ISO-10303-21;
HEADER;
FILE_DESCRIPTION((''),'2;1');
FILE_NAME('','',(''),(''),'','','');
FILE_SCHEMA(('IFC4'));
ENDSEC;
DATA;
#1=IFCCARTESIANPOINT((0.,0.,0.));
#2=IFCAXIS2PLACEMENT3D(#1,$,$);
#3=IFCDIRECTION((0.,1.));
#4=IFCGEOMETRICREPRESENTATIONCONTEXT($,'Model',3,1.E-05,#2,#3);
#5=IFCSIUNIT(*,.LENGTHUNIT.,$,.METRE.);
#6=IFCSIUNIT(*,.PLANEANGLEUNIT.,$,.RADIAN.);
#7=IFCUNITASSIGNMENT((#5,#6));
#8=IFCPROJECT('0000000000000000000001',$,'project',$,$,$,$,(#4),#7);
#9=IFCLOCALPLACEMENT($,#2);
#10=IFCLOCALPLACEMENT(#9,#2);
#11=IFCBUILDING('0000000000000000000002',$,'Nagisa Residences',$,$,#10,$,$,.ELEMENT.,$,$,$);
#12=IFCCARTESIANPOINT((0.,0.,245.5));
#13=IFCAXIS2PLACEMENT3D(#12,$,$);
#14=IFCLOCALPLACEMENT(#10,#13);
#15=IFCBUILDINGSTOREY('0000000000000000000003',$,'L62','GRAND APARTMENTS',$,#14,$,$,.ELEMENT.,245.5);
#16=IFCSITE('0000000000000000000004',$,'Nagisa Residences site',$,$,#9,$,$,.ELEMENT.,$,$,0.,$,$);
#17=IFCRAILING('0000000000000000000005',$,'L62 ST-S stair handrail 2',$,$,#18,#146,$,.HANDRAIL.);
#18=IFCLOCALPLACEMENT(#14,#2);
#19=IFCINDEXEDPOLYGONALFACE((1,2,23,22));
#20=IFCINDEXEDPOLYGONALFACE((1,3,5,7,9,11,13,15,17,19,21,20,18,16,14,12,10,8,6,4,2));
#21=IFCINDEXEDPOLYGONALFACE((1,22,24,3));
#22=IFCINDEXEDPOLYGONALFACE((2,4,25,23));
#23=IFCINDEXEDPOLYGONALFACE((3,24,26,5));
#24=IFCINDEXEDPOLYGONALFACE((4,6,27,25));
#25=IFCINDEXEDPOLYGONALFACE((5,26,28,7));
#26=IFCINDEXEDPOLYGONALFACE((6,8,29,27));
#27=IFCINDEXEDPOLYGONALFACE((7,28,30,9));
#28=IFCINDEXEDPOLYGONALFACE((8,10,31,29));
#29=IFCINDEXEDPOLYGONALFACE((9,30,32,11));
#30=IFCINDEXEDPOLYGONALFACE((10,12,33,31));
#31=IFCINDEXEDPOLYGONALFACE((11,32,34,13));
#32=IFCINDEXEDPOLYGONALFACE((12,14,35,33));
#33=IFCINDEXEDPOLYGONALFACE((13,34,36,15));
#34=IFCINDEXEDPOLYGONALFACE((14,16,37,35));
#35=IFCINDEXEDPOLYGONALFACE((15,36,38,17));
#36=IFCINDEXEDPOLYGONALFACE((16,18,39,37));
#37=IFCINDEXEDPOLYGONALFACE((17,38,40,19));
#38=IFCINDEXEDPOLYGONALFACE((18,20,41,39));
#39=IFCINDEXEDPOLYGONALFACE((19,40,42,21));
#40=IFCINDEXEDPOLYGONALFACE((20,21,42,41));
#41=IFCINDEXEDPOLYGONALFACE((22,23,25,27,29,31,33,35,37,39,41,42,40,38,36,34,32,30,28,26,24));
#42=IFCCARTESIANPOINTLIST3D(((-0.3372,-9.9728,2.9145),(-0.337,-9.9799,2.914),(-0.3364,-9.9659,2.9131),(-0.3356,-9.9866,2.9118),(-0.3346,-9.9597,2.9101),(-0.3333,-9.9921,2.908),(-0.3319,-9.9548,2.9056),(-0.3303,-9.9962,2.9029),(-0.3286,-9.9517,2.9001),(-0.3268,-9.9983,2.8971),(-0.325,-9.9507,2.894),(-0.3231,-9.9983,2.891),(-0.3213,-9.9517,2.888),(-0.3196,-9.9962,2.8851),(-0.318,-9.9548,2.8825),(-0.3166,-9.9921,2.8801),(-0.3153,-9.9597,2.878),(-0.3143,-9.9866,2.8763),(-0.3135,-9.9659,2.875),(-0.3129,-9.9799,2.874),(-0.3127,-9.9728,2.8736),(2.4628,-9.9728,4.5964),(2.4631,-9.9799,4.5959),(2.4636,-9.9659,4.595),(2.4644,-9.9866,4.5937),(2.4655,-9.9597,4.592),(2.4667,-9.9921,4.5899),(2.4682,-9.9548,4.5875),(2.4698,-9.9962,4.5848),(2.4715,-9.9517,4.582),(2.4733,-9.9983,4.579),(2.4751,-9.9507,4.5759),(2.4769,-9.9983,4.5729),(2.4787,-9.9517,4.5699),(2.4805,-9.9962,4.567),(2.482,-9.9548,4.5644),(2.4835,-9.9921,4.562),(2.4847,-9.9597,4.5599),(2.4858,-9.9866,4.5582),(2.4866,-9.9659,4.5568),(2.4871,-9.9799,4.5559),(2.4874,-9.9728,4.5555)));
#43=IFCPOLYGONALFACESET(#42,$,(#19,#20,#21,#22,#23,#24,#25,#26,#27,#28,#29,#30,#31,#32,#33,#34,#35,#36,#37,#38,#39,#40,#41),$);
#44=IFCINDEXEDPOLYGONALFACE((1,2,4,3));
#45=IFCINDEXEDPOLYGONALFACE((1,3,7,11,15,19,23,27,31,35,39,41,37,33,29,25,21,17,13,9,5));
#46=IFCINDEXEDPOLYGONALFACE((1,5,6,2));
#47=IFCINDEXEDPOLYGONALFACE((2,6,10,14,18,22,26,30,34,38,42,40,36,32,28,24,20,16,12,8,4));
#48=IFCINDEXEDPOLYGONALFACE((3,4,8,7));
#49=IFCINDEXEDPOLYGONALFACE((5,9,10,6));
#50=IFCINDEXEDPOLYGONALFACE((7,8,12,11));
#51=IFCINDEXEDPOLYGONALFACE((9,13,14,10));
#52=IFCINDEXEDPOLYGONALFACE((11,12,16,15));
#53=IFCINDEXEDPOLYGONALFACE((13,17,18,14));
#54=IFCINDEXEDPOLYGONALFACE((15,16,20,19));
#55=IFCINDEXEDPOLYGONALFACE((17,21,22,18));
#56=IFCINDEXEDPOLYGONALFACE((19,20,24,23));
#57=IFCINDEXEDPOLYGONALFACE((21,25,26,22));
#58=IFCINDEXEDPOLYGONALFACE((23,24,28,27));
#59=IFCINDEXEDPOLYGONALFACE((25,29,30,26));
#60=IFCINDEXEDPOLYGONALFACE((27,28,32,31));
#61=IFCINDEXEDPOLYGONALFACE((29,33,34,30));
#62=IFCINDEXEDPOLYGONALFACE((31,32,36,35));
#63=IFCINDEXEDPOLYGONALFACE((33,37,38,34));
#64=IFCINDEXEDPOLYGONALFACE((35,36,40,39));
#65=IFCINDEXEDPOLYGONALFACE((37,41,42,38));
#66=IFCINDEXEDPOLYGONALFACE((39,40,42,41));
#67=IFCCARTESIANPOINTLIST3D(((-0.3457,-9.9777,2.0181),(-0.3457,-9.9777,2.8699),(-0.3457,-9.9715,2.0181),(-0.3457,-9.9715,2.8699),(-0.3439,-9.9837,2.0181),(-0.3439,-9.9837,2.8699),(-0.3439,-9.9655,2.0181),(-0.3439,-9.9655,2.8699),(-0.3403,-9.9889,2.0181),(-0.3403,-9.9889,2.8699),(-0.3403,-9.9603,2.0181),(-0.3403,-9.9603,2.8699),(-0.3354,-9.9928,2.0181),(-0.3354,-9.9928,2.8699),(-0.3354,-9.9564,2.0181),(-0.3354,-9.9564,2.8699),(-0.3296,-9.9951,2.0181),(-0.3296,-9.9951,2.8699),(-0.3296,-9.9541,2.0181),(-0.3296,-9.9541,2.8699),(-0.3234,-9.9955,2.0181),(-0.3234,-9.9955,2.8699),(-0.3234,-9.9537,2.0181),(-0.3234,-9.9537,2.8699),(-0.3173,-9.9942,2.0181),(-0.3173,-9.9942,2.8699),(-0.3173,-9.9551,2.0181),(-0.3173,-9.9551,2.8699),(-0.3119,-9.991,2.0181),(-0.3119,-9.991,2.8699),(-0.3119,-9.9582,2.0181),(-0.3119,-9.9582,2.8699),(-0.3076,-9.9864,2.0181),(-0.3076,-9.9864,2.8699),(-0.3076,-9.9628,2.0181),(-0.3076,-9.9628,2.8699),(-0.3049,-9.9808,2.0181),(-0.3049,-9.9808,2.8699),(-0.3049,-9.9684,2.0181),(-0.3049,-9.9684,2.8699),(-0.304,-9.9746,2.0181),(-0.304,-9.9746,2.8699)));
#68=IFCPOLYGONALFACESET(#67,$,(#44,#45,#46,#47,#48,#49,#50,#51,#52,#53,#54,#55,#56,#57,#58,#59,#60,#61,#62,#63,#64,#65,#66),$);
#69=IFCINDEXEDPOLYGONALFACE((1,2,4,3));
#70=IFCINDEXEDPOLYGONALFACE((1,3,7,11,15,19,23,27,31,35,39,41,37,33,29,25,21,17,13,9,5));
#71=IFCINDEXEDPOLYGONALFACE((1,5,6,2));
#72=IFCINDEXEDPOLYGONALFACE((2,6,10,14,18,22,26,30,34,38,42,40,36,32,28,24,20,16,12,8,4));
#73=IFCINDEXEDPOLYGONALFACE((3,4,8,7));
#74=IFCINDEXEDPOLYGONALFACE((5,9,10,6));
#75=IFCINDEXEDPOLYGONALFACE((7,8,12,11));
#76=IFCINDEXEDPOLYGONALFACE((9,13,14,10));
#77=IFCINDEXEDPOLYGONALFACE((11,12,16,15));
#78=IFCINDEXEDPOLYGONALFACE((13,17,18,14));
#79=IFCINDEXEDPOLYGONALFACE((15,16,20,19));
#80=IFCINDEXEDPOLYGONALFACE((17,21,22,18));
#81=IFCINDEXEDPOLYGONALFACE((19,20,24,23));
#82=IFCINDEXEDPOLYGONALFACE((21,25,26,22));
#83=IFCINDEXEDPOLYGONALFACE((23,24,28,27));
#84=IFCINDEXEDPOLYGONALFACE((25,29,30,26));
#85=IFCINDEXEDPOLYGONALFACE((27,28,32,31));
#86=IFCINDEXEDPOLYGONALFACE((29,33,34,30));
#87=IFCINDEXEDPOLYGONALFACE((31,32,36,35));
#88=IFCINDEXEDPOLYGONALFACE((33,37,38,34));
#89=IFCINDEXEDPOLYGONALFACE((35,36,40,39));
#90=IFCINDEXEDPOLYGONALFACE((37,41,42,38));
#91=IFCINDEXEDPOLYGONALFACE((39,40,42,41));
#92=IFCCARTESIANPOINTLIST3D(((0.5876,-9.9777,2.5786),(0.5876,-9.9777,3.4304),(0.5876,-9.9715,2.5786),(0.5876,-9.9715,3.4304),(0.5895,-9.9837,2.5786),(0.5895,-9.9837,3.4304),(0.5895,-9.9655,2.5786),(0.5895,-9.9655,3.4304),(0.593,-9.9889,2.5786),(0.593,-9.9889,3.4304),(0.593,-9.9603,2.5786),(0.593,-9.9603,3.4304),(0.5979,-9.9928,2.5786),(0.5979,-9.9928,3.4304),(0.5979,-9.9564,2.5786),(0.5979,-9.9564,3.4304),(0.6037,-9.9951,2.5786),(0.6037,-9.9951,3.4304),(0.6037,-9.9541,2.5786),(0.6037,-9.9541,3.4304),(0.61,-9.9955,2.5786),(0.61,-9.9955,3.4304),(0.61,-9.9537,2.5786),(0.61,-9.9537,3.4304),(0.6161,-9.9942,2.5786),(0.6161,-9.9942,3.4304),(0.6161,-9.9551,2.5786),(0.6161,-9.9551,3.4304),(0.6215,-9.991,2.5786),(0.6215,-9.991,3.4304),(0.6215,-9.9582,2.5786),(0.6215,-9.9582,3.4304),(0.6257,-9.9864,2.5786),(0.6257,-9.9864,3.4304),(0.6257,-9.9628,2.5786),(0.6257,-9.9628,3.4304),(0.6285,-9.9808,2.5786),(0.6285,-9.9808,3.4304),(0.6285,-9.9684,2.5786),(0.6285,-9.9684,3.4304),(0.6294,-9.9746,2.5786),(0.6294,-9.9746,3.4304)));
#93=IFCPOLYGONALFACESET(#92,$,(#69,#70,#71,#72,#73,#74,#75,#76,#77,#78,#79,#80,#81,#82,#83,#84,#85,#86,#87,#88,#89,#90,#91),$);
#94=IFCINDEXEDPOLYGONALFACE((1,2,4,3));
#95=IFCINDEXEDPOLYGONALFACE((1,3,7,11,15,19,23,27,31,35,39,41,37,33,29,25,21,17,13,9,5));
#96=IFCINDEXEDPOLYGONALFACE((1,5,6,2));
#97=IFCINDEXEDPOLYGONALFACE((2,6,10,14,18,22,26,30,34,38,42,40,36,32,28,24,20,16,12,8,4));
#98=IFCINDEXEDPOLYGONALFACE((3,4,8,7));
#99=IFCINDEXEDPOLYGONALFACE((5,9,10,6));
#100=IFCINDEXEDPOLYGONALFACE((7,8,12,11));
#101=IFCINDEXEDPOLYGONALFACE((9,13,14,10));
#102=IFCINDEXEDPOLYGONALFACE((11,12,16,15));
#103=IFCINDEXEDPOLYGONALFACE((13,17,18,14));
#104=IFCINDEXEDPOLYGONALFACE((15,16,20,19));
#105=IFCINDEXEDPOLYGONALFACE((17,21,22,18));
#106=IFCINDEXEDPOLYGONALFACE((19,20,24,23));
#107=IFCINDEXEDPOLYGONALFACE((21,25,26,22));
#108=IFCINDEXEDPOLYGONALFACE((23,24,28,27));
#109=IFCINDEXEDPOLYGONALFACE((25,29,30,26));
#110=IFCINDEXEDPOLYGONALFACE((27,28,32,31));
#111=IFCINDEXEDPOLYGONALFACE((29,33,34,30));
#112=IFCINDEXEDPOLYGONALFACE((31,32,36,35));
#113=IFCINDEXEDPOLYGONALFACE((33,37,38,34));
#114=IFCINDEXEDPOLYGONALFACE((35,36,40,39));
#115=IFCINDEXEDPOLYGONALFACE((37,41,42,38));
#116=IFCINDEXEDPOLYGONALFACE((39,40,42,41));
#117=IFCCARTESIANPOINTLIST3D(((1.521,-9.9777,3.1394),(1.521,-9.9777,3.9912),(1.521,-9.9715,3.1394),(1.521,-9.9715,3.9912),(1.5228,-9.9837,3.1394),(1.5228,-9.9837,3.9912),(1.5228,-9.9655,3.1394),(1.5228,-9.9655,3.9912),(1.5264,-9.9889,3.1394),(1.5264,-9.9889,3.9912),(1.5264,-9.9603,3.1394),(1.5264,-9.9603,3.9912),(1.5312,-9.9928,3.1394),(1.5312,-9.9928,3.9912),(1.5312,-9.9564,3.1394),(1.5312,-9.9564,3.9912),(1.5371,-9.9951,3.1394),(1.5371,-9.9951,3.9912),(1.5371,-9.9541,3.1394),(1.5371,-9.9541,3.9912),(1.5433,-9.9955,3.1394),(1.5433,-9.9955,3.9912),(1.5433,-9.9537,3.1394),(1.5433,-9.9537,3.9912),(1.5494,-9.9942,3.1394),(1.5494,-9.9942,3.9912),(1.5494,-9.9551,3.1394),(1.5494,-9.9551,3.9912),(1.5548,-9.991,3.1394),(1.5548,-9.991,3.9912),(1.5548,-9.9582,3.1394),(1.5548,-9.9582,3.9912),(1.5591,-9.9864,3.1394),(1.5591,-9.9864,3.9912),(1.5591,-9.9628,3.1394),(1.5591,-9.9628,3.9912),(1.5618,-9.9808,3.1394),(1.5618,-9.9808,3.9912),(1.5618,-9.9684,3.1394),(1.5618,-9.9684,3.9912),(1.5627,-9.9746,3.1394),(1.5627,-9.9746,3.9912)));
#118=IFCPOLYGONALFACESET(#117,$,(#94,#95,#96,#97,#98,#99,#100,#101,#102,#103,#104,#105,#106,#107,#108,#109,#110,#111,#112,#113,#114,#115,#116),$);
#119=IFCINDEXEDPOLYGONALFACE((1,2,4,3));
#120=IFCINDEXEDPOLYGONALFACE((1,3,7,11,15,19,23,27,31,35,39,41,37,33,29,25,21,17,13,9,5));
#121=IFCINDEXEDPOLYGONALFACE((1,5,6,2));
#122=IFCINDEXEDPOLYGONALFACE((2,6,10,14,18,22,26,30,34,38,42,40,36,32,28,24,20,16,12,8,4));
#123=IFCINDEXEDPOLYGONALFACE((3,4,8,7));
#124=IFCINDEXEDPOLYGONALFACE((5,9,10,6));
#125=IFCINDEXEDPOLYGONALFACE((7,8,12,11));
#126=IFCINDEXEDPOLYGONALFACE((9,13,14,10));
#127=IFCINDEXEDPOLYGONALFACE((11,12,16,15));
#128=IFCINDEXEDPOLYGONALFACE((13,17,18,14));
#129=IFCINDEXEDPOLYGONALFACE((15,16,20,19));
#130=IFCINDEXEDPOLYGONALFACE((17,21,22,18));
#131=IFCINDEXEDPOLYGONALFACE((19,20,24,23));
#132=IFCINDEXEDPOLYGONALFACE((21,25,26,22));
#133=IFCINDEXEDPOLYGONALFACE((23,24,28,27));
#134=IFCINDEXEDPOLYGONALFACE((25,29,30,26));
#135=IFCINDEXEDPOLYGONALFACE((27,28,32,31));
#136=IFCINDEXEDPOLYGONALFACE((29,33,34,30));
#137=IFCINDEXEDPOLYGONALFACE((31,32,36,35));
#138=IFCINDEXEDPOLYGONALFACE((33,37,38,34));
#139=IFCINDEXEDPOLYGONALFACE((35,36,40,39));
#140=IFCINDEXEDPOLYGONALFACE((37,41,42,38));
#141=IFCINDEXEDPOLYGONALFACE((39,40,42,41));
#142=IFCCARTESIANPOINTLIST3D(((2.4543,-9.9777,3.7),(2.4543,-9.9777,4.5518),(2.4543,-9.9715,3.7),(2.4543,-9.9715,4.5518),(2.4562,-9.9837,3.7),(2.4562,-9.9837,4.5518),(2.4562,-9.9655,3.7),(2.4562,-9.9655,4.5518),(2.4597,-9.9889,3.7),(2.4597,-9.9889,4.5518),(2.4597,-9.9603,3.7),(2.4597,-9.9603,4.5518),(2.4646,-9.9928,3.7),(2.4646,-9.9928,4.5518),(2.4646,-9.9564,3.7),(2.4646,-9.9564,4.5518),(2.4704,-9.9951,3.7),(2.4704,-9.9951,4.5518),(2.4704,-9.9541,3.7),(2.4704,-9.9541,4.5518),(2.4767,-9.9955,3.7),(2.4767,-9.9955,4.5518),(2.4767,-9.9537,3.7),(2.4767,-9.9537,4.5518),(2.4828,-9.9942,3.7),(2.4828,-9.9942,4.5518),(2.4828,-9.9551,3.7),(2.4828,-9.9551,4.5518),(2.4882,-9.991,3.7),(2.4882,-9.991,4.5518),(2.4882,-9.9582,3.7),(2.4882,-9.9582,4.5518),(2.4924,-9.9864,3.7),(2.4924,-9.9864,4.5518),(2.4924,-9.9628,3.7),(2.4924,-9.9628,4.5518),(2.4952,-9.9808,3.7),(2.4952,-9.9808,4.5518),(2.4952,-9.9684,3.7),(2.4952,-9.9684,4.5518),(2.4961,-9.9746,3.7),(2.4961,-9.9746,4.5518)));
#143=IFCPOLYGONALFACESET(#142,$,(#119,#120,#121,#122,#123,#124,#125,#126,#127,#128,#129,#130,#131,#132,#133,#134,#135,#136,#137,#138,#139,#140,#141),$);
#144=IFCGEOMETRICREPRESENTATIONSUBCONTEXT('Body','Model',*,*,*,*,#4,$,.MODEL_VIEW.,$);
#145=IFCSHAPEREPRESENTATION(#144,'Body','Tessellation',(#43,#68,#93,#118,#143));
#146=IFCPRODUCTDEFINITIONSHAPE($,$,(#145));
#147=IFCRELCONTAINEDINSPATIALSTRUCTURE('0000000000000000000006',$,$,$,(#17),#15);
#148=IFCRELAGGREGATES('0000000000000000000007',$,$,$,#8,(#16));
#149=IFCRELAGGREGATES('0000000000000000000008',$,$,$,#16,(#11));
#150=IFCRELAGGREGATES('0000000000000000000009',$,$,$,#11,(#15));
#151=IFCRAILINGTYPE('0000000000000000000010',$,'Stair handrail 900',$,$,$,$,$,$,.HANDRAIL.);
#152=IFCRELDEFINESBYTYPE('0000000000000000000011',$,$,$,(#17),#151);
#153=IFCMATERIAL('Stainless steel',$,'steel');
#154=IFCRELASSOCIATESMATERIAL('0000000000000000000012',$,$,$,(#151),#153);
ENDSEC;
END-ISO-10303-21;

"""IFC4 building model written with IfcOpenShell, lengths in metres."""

from ifc_helpers import new_model, si_unit, direction, frame, origin, origin_2d, place, context, subcontext, project, spatial, circle, extrude, material, type_object, element, save


model = new_model("IFC4")

# Units and contexts
model_context = context("Model", 3, precision=1e-05, world=origin(), true_north=direction((0.0, 1.0)))
body_context = subcontext(model_context, "Body", "Model", "MODEL_VIEW")
ifc_project = project(units=[si_unit("LENGTHUNIT", "METRE"), si_unit("PLANEANGLEUNIT", "RADIAN")], contexts=[model_context])

# Site, building, storey
site_placement = place(None, origin())
site = spatial("IfcSite", under=ifc_project, at=site_placement, Name="Nagisa Residences site", CompositionType="ELEMENT", RefElevation=0.0)
building_placement = place(site_placement, origin())
building = spatial("IfcBuilding", under=site, at=building_placement, Name="Nagisa Residences", CompositionType="ELEMENT")
storey_placement = place(building_placement, frame((0.0, 0.0, 245.5)))
storey = spatial("IfcBuildingStorey", under=building, at=storey_placement, Name="L62", Description="GRAND APARTMENTS", CompositionType="ELEMENT", Elevation=245.5)

# Railing
ifc_material_1 = material(Name="Stainless steel", Category="steel")
railing_type = type_object("IfcRailingType", Name="Stair handrail 900", PredefinedType="HANDRAIL", material=ifc_material_1)
railing_placement = place(storey_placement, frame((-0.325, -9.9746, 2.0181)))
element("IfcRailing", 1, at=railing_placement, inside=storey, type_object=railing_type, Name="L62 ST-S stair handrail 2", PredefinedType="HANDRAIL", context=body_context, shape_type="SweptSolid", body=[
    extrude(circle(Radius=0.0239, at=origin_2d()), frame((0.0, 0.0, 0.876), z_axis=(0.857242, 0.0, 0.514913), x_axis=(0.0, 1.0, 0.0)), (0.0, 0.0, 1.0), 3.2664),
    extrude(circle(Radius=0.021, at=origin_2d()), origin(), (0.0, 0.0, 1.0), 0.8518),
    extrude(circle(Radius=0.021, at=origin_2d()), frame((0.9333, 0.0, 0.5605)), (0.0, 0.0, 1.0), 0.8518),
    extrude(circle(Radius=0.021, at=origin_2d()), frame((1.8667, 0.0, 1.1213)), (0.0, 0.0, 1.0), 0.8518),
    extrude(circle(Radius=0.021, at=origin_2d()), frame((2.8, 0.0, 1.6819)), (0.0, 0.0, 1.0), 0.8518),
])

save(model, "model.ifc")
